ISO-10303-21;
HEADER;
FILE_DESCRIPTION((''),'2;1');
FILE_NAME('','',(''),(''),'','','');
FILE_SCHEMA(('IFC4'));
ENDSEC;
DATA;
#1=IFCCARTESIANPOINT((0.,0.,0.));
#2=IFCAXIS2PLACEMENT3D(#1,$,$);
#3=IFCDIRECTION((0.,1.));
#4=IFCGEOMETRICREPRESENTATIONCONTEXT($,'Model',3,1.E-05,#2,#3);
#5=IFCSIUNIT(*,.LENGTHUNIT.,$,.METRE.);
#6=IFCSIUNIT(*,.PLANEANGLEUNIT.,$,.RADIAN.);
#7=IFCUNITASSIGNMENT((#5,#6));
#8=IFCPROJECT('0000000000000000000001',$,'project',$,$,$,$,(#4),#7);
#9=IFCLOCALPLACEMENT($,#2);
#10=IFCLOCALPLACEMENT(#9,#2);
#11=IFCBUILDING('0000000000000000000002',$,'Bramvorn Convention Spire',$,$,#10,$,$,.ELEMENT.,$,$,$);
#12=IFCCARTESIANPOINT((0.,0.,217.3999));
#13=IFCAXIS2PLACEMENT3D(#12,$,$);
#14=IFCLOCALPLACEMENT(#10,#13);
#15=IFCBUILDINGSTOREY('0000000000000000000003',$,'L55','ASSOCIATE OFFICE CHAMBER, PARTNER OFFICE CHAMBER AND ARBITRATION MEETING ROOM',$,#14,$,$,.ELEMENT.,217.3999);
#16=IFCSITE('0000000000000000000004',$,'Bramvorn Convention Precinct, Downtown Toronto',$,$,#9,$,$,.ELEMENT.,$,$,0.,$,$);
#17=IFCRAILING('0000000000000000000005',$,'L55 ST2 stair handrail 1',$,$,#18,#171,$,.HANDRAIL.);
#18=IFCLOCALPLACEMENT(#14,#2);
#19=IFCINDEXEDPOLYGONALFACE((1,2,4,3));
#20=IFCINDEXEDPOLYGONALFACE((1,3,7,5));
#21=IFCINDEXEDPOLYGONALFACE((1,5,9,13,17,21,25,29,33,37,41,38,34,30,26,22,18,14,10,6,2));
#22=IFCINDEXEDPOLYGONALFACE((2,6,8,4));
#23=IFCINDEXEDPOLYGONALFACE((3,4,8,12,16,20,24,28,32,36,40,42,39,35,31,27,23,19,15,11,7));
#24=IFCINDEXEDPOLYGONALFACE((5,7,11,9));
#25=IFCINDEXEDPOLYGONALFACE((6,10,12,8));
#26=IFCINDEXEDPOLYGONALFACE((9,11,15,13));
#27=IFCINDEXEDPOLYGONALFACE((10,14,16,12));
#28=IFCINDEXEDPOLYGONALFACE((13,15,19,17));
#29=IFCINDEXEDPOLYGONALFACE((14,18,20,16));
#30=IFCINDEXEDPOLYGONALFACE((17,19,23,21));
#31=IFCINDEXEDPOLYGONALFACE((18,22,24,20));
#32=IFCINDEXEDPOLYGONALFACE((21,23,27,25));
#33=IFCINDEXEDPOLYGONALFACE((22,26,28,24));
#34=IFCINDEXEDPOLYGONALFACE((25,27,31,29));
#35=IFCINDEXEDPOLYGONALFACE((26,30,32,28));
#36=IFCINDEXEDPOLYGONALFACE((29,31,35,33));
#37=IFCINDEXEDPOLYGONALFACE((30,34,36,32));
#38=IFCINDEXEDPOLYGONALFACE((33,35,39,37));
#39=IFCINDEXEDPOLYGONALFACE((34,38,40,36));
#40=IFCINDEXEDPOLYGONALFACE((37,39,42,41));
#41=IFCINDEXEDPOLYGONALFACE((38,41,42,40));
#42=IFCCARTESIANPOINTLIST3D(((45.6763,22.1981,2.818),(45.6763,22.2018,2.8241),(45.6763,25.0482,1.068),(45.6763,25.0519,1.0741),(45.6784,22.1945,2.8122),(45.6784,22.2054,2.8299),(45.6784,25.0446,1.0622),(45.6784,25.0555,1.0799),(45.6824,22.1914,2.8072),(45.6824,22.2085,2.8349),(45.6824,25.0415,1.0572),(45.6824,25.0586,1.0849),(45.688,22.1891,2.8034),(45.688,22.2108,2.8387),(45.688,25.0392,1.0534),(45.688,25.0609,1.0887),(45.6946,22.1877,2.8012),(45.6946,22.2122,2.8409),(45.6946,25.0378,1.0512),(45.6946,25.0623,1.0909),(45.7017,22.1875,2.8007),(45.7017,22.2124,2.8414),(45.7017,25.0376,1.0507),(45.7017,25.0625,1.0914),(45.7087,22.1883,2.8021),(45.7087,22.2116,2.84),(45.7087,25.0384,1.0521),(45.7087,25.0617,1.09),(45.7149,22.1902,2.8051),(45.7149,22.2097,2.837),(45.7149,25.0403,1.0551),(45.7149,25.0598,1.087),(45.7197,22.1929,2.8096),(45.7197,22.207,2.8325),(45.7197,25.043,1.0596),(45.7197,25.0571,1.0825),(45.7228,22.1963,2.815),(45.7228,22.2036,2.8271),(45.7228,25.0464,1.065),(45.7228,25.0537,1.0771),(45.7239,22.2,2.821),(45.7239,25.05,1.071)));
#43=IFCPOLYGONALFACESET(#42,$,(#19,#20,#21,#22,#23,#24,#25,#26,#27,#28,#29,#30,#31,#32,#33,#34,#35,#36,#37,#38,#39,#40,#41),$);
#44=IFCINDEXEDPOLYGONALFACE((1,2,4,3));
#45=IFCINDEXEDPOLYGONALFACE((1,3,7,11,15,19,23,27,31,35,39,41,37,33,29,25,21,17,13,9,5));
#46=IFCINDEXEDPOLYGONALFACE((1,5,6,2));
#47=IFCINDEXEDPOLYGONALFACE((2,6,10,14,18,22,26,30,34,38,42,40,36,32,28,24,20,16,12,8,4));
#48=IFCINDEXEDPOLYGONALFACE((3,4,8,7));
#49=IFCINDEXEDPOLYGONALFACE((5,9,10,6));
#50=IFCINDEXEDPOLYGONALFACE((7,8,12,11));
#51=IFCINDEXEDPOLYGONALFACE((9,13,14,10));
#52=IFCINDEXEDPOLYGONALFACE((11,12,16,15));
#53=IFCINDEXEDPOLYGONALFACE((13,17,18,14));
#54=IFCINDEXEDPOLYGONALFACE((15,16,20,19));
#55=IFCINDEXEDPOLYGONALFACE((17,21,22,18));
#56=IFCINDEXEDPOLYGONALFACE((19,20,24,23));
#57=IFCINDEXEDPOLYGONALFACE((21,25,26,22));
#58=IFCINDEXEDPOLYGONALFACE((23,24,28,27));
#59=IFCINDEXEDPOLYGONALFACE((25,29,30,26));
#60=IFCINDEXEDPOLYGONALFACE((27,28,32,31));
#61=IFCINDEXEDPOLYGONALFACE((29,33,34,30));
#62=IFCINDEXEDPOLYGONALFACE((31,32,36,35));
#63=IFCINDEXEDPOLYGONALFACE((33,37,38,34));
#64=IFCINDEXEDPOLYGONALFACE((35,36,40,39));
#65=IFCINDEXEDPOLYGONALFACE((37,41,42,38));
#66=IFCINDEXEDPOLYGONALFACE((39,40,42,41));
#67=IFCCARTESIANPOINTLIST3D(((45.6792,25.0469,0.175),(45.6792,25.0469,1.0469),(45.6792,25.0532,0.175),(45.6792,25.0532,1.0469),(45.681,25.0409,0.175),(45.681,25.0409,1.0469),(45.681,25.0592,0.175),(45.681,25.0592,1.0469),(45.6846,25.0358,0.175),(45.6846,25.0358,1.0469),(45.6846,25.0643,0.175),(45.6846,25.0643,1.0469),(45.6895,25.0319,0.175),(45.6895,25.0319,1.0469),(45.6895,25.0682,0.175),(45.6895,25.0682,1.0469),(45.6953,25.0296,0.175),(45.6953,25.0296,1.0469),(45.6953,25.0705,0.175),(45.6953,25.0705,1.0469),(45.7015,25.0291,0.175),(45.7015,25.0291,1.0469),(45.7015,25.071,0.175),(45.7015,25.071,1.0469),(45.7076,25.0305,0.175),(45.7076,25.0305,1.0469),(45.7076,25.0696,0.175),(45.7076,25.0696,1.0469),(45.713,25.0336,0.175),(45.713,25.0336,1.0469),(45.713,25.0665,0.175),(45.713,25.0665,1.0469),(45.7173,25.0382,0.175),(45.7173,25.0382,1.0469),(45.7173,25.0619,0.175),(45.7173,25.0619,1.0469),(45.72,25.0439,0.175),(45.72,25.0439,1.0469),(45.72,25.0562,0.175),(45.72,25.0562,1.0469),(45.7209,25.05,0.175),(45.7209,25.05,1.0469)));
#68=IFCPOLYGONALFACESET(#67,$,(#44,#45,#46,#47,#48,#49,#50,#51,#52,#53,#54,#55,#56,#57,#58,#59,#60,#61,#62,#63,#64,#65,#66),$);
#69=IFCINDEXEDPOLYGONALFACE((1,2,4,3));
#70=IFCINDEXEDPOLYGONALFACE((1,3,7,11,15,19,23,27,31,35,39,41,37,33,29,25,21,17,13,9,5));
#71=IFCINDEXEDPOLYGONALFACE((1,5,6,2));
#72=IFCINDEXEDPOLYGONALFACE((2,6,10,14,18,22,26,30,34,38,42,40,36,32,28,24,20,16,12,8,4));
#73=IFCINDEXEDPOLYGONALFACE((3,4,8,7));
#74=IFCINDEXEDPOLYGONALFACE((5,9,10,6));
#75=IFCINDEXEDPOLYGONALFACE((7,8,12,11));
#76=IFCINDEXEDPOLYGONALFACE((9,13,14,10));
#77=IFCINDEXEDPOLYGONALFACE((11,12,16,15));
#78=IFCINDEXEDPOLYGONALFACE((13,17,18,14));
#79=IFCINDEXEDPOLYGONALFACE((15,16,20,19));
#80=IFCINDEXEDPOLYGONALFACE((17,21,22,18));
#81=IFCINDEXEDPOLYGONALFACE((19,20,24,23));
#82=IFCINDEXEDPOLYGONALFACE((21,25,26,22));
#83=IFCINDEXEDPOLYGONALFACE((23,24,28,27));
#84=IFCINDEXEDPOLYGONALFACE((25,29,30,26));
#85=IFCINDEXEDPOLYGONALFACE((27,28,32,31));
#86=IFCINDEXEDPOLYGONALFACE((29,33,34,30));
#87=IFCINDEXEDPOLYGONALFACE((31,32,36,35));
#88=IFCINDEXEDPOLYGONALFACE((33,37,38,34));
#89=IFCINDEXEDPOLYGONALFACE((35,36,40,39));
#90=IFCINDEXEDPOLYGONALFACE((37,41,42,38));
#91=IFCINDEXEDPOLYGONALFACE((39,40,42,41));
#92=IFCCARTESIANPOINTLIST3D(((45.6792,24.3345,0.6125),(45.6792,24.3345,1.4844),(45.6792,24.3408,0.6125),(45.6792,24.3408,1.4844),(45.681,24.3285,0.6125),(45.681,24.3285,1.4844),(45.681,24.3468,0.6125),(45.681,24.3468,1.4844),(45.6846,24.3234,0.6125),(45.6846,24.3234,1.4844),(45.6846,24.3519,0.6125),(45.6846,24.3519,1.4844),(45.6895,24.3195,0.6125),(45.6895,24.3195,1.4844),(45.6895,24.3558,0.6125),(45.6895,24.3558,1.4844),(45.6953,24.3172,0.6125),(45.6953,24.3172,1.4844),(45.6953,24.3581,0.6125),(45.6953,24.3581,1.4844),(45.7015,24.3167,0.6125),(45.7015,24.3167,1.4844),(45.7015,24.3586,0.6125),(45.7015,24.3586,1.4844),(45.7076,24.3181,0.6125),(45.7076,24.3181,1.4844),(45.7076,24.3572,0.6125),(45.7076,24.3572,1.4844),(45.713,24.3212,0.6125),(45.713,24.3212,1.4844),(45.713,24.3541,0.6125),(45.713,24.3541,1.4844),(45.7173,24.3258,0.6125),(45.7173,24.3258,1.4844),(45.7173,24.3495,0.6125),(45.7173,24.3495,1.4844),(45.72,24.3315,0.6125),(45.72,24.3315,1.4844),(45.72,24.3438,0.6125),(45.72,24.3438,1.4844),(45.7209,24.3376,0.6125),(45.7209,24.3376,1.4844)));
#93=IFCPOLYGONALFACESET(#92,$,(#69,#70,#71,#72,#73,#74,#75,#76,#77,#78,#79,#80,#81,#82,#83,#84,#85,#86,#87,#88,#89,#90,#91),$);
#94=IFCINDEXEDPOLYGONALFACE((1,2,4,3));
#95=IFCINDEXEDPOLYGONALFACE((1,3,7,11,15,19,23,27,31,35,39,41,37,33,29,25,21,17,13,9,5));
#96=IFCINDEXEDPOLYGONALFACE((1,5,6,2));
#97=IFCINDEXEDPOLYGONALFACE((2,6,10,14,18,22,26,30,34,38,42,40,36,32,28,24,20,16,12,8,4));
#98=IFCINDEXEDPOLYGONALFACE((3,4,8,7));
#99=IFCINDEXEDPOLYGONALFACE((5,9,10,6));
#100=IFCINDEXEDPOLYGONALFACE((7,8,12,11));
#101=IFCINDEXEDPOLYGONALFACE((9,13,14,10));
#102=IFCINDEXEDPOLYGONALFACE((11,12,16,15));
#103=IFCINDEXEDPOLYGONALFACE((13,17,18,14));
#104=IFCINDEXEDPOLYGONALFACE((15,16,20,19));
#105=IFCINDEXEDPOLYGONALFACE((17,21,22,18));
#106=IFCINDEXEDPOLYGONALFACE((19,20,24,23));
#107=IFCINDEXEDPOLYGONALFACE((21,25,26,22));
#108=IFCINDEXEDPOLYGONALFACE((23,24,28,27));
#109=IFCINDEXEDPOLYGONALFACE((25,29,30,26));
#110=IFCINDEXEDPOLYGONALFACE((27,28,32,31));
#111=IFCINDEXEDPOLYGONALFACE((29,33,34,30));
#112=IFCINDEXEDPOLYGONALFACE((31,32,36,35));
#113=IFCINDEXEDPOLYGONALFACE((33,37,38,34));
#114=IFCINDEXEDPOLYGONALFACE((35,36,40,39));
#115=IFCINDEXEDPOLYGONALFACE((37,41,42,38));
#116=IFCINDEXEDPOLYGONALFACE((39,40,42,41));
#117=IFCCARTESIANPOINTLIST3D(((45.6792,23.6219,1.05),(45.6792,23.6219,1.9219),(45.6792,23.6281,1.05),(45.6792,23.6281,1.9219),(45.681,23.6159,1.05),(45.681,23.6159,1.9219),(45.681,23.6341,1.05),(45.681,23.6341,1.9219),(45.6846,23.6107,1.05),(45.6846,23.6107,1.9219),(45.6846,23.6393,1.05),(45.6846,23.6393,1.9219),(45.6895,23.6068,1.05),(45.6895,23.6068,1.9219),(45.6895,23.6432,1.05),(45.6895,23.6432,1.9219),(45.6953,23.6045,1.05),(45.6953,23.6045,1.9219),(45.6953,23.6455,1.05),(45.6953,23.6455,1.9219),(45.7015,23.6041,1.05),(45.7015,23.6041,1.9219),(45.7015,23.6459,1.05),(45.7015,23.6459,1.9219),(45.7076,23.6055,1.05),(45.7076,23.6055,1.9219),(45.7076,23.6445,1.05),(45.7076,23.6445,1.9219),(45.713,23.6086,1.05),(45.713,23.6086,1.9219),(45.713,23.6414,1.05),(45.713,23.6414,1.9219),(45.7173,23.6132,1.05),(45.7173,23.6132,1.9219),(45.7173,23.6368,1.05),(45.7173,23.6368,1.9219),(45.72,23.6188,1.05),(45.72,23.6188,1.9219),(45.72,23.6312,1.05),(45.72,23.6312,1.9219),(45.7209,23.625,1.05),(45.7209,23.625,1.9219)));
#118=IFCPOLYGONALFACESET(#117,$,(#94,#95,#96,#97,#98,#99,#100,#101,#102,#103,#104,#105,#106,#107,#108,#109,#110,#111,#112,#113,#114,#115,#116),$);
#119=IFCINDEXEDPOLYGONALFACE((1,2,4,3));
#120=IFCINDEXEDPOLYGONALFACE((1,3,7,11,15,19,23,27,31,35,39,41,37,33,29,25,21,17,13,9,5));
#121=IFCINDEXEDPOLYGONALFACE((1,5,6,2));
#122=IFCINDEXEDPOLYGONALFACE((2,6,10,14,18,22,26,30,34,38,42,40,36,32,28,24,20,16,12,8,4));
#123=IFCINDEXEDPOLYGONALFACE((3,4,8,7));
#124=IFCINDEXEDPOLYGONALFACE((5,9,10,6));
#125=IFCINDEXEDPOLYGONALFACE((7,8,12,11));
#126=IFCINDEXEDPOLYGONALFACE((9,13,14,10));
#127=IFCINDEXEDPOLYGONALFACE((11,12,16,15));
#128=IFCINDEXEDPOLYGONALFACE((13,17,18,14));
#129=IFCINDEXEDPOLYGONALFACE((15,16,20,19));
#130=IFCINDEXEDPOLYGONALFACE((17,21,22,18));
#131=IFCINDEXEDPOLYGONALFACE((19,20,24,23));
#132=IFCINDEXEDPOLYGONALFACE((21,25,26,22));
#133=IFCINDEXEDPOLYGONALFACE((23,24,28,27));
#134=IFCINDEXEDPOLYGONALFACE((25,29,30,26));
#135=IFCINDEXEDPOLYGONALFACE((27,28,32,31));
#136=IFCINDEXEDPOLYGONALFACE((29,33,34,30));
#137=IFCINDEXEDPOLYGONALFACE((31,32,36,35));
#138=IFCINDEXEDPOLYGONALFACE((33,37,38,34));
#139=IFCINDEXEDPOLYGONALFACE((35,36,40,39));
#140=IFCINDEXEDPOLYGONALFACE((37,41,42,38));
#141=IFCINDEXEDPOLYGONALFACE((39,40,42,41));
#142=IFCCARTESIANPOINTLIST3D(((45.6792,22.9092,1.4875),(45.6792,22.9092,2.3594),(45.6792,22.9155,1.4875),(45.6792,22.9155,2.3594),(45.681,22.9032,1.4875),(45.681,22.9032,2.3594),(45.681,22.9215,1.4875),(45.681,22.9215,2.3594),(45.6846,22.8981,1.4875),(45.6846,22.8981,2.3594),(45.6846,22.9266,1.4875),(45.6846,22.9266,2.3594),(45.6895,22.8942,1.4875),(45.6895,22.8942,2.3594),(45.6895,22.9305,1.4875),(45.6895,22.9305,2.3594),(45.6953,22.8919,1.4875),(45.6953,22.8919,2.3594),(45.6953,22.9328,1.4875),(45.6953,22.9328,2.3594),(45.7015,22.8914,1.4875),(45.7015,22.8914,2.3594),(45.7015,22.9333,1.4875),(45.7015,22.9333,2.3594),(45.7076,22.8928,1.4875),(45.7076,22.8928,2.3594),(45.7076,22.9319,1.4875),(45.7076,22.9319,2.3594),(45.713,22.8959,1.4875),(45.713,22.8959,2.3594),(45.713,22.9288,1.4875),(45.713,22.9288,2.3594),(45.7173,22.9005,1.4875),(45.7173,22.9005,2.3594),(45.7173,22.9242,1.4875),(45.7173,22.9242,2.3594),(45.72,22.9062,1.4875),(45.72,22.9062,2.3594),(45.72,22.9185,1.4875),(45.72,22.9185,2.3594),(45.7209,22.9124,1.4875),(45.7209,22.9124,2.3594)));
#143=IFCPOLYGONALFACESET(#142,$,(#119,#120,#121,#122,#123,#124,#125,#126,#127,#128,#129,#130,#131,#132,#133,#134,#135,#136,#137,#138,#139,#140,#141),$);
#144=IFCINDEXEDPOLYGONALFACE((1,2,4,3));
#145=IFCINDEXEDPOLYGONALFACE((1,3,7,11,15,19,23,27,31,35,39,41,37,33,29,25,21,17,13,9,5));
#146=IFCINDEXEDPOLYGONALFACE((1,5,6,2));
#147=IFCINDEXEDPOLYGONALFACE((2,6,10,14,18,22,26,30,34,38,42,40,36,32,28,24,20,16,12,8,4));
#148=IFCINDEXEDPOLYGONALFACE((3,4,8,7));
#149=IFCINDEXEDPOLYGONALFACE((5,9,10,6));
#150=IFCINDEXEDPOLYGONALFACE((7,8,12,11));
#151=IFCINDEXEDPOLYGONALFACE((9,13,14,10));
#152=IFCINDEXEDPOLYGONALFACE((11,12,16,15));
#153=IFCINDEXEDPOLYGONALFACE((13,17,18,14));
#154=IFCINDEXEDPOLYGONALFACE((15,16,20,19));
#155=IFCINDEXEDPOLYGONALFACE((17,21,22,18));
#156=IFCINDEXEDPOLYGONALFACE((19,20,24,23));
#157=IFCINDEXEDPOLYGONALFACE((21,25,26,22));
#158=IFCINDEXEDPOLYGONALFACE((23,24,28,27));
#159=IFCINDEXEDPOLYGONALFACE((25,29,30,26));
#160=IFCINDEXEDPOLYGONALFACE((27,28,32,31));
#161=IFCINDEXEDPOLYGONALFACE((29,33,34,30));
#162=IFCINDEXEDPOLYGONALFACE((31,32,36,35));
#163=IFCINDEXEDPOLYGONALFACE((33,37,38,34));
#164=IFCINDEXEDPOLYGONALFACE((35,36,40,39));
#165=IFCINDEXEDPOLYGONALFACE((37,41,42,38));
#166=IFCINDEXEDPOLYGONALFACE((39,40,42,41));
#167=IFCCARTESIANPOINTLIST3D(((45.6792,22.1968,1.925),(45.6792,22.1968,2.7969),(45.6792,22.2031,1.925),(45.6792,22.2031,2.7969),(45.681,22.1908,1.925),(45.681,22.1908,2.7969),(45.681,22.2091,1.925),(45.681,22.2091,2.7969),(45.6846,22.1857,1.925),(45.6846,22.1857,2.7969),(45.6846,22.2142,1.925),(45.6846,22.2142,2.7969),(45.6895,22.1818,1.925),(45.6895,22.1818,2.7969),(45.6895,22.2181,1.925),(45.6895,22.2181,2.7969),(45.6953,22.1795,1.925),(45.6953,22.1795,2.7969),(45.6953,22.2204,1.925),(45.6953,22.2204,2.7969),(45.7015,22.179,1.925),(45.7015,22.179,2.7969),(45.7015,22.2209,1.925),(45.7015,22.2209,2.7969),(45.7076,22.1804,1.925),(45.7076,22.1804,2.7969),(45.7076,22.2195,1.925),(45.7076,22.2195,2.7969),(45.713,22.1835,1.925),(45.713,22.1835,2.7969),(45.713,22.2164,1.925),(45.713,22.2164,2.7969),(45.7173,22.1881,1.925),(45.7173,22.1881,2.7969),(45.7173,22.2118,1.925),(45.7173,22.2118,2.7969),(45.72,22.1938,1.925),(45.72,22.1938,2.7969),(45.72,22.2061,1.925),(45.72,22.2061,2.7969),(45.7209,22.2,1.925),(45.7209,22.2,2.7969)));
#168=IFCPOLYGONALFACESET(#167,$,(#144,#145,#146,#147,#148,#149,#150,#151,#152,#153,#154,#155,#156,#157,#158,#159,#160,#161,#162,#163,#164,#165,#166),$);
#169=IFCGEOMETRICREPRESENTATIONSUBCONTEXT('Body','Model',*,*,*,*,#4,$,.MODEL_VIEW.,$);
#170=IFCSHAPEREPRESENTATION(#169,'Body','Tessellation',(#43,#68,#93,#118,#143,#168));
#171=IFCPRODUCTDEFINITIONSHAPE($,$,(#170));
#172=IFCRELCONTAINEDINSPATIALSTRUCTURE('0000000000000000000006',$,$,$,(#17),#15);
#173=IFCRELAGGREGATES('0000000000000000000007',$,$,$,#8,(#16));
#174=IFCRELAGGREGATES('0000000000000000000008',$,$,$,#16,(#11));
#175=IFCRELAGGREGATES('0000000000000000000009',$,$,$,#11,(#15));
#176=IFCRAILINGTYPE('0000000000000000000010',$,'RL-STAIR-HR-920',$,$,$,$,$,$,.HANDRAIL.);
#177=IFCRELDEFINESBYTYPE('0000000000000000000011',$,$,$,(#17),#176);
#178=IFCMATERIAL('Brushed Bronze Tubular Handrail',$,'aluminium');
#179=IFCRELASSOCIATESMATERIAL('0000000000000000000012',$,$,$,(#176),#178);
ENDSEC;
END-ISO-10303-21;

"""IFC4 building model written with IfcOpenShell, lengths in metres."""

from ifc_helpers import new_model, si_unit, direction, frame, origin, origin_2d, place, context, subcontext, project, spatial, circle, extrude, material, type_object, element, save


model = new_model("IFC4")

# Units and contexts
model_context = context("Model", 3, precision=1e-05, world=origin(), true_north=direction((0.0, 1.0)))
body_context = subcontext(model_context, "Body", "Model", "MODEL_VIEW")
ifc_project = project(units=[si_unit("LENGTHUNIT", "METRE"), si_unit("PLANEANGLEUNIT", "RADIAN")], contexts=[model_context])

# Site, building, storey
site_placement = place(None, origin())
site = spatial("IfcSite", under=ifc_project, at=site_placement, Name="Bramvorn Convention Precinct, Downtown Toronto", CompositionType="ELEMENT", RefElevation=0.0)
building_placement = place(site_placement, origin())
building = spatial("IfcBuilding", under=site, at=building_placement, Name="Bramvorn Convention Spire", CompositionType="ELEMENT")
storey_placement = place(building_placement, frame((0.0, 0.0, 217.3999)))
storey = spatial("IfcBuildingStorey", under=building, at=storey_placement, Name="L55", Description="ASSOCIATE OFFICE CHAMBER, PARTNER OFFICE CHAMBER AND ARBITRATION MEETING ROOM", CompositionType="ELEMENT", Elevation=217.3999)

# Railing
ifc_material_1 = material(Name="Brushed Bronze Tubular Handrail", Category="aluminium")
railing_type_1 = type_object("IfcRailingType", Name="RL-STAIR-HR-920", PredefinedType="HANDRAIL", material=ifc_material_1)
railing_1_placement = place(storey_placement, frame((45.7, 25.05, 0.175)))
element("IfcRailing", 1, at=railing_1_placement, inside=storey, type_object=railing_type_1, Name="L55 ST2 stair handrail 1", PredefinedType="HANDRAIL", context=body_context, shape_type="SweptSolid", body=[
    extrude(circle(Radius=0.0239, at=origin_2d()), frame((0.0, 0.0, 0.896), z_axis=(0.0, -0.852179, 0.52325), x_axis=(1.0, 0.0, 0.0)), (0.0, 0.0, 1.0), 3.3445),
    extrude(circle(Radius=0.021, at=origin_2d()), origin(), (0.0, 0.0, 1.0), 0.8718),
    extrude(circle(Radius=0.021, at=origin_2d()), frame((0.0, -0.7124, 0.4375)), (0.0, 0.0, 1.0), 0.8718),
    extrude(circle(Radius=0.021, at=origin_2d()), frame((0.0, -1.425, 0.875)), (0.0, 0.0, 1.0), 0.8718),
    extrude(circle(Radius=0.021, at=origin_2d()), frame((0.0, -2.1377, 1.3125)), (0.0, 0.0, 1.0), 0.8718),
    extrude(circle(Radius=0.021, at=origin_2d()), frame((0.0, -2.8501, 1.75)), (0.0, 0.0, 1.0), 0.8718),
])

save(model, "model.ifc")
